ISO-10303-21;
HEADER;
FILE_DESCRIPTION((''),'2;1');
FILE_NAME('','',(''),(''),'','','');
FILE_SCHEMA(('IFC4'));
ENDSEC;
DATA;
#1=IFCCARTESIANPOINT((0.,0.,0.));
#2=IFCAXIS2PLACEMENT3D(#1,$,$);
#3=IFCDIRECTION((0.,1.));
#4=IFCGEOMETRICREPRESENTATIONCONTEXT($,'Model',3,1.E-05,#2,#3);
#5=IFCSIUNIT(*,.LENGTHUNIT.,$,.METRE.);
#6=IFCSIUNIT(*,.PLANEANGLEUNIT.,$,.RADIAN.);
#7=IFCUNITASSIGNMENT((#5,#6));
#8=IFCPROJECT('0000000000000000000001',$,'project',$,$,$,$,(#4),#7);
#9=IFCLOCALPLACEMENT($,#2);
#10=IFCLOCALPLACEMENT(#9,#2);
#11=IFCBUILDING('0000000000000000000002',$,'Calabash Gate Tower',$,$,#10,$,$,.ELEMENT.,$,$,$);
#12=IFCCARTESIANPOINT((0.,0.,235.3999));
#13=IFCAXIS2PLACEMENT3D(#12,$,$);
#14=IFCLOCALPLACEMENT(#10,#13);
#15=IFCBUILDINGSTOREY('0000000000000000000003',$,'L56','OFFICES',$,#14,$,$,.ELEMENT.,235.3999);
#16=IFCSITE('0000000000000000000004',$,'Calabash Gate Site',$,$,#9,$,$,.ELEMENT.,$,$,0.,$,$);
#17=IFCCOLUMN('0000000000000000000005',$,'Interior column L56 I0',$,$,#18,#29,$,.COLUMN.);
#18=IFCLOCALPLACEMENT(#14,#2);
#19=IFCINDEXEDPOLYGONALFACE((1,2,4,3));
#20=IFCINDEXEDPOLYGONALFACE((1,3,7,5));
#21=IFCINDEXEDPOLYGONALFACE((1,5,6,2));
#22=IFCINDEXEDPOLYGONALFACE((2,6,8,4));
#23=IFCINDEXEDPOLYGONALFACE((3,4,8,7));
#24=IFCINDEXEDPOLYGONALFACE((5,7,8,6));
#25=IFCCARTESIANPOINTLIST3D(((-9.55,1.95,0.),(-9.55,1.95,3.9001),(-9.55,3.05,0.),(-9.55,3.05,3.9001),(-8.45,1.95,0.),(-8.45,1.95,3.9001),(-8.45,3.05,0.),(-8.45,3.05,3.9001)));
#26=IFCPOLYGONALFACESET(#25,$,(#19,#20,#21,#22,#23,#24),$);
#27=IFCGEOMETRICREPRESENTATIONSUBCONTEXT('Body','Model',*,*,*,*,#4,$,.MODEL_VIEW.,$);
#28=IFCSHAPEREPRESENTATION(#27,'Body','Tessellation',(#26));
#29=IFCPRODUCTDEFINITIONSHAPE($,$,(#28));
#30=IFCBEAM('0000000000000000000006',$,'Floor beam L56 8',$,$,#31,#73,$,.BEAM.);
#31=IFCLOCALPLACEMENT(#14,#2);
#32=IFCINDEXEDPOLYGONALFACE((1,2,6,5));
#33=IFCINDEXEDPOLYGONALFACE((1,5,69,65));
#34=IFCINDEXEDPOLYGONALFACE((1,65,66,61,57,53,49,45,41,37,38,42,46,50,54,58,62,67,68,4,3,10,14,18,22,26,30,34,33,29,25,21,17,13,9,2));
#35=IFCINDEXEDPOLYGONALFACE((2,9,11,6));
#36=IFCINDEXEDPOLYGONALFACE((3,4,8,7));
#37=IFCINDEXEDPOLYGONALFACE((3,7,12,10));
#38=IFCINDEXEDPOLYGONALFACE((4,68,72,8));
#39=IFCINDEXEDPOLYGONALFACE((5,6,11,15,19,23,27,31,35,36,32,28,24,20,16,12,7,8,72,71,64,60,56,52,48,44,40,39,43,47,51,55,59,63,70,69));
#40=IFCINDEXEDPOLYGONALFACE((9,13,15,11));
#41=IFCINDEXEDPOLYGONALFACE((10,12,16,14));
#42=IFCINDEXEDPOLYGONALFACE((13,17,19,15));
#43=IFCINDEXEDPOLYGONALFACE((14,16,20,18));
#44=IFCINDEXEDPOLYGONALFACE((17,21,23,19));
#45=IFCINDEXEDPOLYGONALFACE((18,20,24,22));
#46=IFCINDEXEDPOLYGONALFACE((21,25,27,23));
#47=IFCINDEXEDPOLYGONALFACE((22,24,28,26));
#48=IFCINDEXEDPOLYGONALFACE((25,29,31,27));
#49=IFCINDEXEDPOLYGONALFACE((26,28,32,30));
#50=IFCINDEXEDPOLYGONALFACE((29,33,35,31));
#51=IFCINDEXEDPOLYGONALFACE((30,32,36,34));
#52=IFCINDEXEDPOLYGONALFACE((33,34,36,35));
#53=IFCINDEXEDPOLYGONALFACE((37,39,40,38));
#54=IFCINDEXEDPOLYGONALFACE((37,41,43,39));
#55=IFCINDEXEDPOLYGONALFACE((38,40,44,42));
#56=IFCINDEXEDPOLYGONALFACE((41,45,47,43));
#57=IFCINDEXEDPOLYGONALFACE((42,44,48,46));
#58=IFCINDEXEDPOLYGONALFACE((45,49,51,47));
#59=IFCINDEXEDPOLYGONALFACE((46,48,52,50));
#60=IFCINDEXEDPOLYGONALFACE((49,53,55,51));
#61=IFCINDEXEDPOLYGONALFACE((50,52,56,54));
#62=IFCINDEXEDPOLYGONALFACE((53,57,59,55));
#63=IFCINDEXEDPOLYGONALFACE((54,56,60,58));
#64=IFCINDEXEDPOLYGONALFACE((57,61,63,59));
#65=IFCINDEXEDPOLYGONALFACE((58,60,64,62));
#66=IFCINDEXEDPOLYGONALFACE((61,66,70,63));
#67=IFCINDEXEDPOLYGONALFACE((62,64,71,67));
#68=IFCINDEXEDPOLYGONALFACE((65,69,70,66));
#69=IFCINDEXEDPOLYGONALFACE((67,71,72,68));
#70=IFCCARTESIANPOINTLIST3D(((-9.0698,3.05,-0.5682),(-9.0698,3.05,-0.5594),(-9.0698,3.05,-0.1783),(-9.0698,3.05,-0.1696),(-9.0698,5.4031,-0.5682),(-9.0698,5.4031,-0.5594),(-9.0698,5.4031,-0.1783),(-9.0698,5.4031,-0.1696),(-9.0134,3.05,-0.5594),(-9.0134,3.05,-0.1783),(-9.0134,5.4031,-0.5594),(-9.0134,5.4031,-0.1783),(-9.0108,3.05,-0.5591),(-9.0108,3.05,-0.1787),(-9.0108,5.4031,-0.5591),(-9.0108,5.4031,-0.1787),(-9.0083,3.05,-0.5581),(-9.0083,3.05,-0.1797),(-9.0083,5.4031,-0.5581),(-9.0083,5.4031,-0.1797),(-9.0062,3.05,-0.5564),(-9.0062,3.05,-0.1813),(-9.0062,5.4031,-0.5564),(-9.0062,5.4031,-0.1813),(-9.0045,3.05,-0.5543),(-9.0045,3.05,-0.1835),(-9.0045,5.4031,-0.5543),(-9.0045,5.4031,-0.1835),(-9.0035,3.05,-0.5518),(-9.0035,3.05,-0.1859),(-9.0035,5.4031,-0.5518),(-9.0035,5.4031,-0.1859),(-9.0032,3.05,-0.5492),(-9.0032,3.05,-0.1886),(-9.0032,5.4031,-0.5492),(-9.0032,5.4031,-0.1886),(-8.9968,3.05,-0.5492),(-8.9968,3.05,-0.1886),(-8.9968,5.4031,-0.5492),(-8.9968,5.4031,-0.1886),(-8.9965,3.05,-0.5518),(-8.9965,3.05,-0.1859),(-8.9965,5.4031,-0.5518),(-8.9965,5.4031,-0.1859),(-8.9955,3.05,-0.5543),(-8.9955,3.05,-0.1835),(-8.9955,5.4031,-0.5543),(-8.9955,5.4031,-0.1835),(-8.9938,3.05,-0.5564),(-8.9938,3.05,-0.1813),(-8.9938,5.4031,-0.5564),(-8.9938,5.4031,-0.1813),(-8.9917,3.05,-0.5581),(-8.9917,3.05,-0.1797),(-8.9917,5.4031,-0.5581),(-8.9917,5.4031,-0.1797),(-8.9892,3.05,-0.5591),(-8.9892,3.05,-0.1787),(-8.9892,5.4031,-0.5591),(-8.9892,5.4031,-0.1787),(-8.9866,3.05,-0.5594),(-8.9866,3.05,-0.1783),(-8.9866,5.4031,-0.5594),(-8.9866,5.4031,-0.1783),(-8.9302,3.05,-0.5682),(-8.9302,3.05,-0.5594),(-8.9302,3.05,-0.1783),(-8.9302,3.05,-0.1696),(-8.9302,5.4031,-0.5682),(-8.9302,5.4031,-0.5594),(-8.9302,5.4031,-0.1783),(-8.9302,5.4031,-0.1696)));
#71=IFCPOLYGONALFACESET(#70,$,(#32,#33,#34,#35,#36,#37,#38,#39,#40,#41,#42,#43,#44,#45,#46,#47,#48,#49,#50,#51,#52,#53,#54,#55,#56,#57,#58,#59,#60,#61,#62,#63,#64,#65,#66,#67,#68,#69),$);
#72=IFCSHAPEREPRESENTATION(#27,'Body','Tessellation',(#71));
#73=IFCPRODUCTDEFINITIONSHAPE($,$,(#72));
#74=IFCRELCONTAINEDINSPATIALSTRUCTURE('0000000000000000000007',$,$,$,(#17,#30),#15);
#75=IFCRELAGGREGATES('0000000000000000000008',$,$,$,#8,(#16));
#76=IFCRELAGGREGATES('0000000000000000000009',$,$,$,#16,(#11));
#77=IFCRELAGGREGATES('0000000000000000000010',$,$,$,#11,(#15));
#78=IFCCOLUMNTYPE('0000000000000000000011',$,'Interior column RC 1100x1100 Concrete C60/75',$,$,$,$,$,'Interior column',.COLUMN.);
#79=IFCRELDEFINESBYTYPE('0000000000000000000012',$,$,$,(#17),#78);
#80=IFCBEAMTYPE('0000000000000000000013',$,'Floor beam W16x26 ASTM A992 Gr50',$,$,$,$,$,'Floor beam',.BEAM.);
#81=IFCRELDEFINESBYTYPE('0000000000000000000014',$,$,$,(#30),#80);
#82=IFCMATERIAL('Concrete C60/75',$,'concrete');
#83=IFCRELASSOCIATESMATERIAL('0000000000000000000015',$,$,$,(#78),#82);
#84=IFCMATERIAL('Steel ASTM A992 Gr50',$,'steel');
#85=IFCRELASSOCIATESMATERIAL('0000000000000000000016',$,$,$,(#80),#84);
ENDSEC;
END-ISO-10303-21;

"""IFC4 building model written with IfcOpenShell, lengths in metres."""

from ifc_helpers import new_model, si_unit, direction, frame, origin, origin_2d, place, context, subcontext, project, spatial, rectangle, i_section, extrude, material, material_profile, profile_set, type_object, element, save


model = new_model("IFC4")

# Units and contexts
model_context = context("Model", 3, precision=1e-05, world=origin(), true_north=direction((0.0, 1.0)))
body_context = subcontext(model_context, "Body", "Model", "MODEL_VIEW")
ifc_project = project(units=[si_unit("LENGTHUNIT", "METRE"), si_unit("PLANEANGLEUNIT", "RADIAN")], contexts=[model_context])

# Site, building, storey
site_placement = place(None, origin())
site = spatial("IfcSite", under=ifc_project, at=site_placement, Name="Calabash Gate Site", CompositionType="ELEMENT", RefElevation=0.0)
building_placement = place(site_placement, origin())
building = spatial("IfcBuilding", under=site, at=building_placement, Name="Calabash Gate Tower", CompositionType="ELEMENT")
storey_placement = place(building_placement, frame((0.0, 0.0, 235.3999)))
storey = spatial("IfcBuildingStorey", under=building, at=storey_placement, Name="L56", Description="OFFICES", CompositionType="ELEMENT", Elevation=235.3999)

# Column
ifc_material_1 = material(Name="Concrete C60/75", Category="concrete")
ifc_material_profile_1 = material_profile(ifc_material_1, rectangle(XDim=1.1001, YDim=1.1001, at=origin_2d()))
ifc_profile_set_1 = profile_set([ifc_material_profile_1], Name="Concrete C60/75")
column_type = type_object("IfcColumnType", Name="Interior column RC 1100x1100 Concrete C60/75", ElementType="Interior column", PredefinedType="COLUMN", material=ifc_profile_set_1)
column_placement = place(storey_placement, frame((-9.0, 2.5, 0.0), z_axis=(0.0, 0.0, 1.0), x_axis=(1.0, 0.0, 0.0)))
element("IfcColumn", 1, at=column_placement, inside=storey, type_object=column_type, Name="Interior column L56 I0", PredefinedType="COLUMN", context=body_context, shape_type="SweptSolid", body=[
    extrude(rectangle(XDim=1.1001, YDim=1.1001, at=origin_2d()), origin(), (0.0, 0.0, 1.0), 3.9001),
])

# Beam
ifc_material_2 = material(Name="Steel ASTM A992 Gr50", Category="steel")
ifc_material_profile_2 = material_profile(ifc_material_2, i_section(OverallWidth=0.1396, OverallDepth=0.3987, WebThickness=0.0063, FlangeThickness=0.0088, FilletRadius=0.0103, at=origin_2d()))
ifc_profile_set_2 = profile_set([ifc_material_profile_2], Name="Steel ASTM A992 Gr50")
beam_type = type_object("IfcBeamType", Name="Floor beam W16x26 ASTM A992 Gr50", ElementType="Floor beam", PredefinedType="BEAM", material=ifc_profile_set_2)
beam_placement = place(storey_placement, frame((-9.0, 3.05, -0.3689), z_axis=(0.0, 1.0, 0.0), x_axis=(-1.0, 0.0, 0.0)))
element("IfcBeam", 2, at=beam_placement, inside=storey, type_object=beam_type, Name="Floor beam L56 8", PredefinedType="BEAM", context=body_context, shape_type="SweptSolid", body=[
    extrude(i_section(OverallWidth=0.1396, OverallDepth=0.3987, WebThickness=0.0063, FlangeThickness=0.0088, FilletRadius=0.0103, at=origin_2d()), origin(), (0.0, 0.0, 1.0), 2.353),
])

save(model, "model.ifc")
